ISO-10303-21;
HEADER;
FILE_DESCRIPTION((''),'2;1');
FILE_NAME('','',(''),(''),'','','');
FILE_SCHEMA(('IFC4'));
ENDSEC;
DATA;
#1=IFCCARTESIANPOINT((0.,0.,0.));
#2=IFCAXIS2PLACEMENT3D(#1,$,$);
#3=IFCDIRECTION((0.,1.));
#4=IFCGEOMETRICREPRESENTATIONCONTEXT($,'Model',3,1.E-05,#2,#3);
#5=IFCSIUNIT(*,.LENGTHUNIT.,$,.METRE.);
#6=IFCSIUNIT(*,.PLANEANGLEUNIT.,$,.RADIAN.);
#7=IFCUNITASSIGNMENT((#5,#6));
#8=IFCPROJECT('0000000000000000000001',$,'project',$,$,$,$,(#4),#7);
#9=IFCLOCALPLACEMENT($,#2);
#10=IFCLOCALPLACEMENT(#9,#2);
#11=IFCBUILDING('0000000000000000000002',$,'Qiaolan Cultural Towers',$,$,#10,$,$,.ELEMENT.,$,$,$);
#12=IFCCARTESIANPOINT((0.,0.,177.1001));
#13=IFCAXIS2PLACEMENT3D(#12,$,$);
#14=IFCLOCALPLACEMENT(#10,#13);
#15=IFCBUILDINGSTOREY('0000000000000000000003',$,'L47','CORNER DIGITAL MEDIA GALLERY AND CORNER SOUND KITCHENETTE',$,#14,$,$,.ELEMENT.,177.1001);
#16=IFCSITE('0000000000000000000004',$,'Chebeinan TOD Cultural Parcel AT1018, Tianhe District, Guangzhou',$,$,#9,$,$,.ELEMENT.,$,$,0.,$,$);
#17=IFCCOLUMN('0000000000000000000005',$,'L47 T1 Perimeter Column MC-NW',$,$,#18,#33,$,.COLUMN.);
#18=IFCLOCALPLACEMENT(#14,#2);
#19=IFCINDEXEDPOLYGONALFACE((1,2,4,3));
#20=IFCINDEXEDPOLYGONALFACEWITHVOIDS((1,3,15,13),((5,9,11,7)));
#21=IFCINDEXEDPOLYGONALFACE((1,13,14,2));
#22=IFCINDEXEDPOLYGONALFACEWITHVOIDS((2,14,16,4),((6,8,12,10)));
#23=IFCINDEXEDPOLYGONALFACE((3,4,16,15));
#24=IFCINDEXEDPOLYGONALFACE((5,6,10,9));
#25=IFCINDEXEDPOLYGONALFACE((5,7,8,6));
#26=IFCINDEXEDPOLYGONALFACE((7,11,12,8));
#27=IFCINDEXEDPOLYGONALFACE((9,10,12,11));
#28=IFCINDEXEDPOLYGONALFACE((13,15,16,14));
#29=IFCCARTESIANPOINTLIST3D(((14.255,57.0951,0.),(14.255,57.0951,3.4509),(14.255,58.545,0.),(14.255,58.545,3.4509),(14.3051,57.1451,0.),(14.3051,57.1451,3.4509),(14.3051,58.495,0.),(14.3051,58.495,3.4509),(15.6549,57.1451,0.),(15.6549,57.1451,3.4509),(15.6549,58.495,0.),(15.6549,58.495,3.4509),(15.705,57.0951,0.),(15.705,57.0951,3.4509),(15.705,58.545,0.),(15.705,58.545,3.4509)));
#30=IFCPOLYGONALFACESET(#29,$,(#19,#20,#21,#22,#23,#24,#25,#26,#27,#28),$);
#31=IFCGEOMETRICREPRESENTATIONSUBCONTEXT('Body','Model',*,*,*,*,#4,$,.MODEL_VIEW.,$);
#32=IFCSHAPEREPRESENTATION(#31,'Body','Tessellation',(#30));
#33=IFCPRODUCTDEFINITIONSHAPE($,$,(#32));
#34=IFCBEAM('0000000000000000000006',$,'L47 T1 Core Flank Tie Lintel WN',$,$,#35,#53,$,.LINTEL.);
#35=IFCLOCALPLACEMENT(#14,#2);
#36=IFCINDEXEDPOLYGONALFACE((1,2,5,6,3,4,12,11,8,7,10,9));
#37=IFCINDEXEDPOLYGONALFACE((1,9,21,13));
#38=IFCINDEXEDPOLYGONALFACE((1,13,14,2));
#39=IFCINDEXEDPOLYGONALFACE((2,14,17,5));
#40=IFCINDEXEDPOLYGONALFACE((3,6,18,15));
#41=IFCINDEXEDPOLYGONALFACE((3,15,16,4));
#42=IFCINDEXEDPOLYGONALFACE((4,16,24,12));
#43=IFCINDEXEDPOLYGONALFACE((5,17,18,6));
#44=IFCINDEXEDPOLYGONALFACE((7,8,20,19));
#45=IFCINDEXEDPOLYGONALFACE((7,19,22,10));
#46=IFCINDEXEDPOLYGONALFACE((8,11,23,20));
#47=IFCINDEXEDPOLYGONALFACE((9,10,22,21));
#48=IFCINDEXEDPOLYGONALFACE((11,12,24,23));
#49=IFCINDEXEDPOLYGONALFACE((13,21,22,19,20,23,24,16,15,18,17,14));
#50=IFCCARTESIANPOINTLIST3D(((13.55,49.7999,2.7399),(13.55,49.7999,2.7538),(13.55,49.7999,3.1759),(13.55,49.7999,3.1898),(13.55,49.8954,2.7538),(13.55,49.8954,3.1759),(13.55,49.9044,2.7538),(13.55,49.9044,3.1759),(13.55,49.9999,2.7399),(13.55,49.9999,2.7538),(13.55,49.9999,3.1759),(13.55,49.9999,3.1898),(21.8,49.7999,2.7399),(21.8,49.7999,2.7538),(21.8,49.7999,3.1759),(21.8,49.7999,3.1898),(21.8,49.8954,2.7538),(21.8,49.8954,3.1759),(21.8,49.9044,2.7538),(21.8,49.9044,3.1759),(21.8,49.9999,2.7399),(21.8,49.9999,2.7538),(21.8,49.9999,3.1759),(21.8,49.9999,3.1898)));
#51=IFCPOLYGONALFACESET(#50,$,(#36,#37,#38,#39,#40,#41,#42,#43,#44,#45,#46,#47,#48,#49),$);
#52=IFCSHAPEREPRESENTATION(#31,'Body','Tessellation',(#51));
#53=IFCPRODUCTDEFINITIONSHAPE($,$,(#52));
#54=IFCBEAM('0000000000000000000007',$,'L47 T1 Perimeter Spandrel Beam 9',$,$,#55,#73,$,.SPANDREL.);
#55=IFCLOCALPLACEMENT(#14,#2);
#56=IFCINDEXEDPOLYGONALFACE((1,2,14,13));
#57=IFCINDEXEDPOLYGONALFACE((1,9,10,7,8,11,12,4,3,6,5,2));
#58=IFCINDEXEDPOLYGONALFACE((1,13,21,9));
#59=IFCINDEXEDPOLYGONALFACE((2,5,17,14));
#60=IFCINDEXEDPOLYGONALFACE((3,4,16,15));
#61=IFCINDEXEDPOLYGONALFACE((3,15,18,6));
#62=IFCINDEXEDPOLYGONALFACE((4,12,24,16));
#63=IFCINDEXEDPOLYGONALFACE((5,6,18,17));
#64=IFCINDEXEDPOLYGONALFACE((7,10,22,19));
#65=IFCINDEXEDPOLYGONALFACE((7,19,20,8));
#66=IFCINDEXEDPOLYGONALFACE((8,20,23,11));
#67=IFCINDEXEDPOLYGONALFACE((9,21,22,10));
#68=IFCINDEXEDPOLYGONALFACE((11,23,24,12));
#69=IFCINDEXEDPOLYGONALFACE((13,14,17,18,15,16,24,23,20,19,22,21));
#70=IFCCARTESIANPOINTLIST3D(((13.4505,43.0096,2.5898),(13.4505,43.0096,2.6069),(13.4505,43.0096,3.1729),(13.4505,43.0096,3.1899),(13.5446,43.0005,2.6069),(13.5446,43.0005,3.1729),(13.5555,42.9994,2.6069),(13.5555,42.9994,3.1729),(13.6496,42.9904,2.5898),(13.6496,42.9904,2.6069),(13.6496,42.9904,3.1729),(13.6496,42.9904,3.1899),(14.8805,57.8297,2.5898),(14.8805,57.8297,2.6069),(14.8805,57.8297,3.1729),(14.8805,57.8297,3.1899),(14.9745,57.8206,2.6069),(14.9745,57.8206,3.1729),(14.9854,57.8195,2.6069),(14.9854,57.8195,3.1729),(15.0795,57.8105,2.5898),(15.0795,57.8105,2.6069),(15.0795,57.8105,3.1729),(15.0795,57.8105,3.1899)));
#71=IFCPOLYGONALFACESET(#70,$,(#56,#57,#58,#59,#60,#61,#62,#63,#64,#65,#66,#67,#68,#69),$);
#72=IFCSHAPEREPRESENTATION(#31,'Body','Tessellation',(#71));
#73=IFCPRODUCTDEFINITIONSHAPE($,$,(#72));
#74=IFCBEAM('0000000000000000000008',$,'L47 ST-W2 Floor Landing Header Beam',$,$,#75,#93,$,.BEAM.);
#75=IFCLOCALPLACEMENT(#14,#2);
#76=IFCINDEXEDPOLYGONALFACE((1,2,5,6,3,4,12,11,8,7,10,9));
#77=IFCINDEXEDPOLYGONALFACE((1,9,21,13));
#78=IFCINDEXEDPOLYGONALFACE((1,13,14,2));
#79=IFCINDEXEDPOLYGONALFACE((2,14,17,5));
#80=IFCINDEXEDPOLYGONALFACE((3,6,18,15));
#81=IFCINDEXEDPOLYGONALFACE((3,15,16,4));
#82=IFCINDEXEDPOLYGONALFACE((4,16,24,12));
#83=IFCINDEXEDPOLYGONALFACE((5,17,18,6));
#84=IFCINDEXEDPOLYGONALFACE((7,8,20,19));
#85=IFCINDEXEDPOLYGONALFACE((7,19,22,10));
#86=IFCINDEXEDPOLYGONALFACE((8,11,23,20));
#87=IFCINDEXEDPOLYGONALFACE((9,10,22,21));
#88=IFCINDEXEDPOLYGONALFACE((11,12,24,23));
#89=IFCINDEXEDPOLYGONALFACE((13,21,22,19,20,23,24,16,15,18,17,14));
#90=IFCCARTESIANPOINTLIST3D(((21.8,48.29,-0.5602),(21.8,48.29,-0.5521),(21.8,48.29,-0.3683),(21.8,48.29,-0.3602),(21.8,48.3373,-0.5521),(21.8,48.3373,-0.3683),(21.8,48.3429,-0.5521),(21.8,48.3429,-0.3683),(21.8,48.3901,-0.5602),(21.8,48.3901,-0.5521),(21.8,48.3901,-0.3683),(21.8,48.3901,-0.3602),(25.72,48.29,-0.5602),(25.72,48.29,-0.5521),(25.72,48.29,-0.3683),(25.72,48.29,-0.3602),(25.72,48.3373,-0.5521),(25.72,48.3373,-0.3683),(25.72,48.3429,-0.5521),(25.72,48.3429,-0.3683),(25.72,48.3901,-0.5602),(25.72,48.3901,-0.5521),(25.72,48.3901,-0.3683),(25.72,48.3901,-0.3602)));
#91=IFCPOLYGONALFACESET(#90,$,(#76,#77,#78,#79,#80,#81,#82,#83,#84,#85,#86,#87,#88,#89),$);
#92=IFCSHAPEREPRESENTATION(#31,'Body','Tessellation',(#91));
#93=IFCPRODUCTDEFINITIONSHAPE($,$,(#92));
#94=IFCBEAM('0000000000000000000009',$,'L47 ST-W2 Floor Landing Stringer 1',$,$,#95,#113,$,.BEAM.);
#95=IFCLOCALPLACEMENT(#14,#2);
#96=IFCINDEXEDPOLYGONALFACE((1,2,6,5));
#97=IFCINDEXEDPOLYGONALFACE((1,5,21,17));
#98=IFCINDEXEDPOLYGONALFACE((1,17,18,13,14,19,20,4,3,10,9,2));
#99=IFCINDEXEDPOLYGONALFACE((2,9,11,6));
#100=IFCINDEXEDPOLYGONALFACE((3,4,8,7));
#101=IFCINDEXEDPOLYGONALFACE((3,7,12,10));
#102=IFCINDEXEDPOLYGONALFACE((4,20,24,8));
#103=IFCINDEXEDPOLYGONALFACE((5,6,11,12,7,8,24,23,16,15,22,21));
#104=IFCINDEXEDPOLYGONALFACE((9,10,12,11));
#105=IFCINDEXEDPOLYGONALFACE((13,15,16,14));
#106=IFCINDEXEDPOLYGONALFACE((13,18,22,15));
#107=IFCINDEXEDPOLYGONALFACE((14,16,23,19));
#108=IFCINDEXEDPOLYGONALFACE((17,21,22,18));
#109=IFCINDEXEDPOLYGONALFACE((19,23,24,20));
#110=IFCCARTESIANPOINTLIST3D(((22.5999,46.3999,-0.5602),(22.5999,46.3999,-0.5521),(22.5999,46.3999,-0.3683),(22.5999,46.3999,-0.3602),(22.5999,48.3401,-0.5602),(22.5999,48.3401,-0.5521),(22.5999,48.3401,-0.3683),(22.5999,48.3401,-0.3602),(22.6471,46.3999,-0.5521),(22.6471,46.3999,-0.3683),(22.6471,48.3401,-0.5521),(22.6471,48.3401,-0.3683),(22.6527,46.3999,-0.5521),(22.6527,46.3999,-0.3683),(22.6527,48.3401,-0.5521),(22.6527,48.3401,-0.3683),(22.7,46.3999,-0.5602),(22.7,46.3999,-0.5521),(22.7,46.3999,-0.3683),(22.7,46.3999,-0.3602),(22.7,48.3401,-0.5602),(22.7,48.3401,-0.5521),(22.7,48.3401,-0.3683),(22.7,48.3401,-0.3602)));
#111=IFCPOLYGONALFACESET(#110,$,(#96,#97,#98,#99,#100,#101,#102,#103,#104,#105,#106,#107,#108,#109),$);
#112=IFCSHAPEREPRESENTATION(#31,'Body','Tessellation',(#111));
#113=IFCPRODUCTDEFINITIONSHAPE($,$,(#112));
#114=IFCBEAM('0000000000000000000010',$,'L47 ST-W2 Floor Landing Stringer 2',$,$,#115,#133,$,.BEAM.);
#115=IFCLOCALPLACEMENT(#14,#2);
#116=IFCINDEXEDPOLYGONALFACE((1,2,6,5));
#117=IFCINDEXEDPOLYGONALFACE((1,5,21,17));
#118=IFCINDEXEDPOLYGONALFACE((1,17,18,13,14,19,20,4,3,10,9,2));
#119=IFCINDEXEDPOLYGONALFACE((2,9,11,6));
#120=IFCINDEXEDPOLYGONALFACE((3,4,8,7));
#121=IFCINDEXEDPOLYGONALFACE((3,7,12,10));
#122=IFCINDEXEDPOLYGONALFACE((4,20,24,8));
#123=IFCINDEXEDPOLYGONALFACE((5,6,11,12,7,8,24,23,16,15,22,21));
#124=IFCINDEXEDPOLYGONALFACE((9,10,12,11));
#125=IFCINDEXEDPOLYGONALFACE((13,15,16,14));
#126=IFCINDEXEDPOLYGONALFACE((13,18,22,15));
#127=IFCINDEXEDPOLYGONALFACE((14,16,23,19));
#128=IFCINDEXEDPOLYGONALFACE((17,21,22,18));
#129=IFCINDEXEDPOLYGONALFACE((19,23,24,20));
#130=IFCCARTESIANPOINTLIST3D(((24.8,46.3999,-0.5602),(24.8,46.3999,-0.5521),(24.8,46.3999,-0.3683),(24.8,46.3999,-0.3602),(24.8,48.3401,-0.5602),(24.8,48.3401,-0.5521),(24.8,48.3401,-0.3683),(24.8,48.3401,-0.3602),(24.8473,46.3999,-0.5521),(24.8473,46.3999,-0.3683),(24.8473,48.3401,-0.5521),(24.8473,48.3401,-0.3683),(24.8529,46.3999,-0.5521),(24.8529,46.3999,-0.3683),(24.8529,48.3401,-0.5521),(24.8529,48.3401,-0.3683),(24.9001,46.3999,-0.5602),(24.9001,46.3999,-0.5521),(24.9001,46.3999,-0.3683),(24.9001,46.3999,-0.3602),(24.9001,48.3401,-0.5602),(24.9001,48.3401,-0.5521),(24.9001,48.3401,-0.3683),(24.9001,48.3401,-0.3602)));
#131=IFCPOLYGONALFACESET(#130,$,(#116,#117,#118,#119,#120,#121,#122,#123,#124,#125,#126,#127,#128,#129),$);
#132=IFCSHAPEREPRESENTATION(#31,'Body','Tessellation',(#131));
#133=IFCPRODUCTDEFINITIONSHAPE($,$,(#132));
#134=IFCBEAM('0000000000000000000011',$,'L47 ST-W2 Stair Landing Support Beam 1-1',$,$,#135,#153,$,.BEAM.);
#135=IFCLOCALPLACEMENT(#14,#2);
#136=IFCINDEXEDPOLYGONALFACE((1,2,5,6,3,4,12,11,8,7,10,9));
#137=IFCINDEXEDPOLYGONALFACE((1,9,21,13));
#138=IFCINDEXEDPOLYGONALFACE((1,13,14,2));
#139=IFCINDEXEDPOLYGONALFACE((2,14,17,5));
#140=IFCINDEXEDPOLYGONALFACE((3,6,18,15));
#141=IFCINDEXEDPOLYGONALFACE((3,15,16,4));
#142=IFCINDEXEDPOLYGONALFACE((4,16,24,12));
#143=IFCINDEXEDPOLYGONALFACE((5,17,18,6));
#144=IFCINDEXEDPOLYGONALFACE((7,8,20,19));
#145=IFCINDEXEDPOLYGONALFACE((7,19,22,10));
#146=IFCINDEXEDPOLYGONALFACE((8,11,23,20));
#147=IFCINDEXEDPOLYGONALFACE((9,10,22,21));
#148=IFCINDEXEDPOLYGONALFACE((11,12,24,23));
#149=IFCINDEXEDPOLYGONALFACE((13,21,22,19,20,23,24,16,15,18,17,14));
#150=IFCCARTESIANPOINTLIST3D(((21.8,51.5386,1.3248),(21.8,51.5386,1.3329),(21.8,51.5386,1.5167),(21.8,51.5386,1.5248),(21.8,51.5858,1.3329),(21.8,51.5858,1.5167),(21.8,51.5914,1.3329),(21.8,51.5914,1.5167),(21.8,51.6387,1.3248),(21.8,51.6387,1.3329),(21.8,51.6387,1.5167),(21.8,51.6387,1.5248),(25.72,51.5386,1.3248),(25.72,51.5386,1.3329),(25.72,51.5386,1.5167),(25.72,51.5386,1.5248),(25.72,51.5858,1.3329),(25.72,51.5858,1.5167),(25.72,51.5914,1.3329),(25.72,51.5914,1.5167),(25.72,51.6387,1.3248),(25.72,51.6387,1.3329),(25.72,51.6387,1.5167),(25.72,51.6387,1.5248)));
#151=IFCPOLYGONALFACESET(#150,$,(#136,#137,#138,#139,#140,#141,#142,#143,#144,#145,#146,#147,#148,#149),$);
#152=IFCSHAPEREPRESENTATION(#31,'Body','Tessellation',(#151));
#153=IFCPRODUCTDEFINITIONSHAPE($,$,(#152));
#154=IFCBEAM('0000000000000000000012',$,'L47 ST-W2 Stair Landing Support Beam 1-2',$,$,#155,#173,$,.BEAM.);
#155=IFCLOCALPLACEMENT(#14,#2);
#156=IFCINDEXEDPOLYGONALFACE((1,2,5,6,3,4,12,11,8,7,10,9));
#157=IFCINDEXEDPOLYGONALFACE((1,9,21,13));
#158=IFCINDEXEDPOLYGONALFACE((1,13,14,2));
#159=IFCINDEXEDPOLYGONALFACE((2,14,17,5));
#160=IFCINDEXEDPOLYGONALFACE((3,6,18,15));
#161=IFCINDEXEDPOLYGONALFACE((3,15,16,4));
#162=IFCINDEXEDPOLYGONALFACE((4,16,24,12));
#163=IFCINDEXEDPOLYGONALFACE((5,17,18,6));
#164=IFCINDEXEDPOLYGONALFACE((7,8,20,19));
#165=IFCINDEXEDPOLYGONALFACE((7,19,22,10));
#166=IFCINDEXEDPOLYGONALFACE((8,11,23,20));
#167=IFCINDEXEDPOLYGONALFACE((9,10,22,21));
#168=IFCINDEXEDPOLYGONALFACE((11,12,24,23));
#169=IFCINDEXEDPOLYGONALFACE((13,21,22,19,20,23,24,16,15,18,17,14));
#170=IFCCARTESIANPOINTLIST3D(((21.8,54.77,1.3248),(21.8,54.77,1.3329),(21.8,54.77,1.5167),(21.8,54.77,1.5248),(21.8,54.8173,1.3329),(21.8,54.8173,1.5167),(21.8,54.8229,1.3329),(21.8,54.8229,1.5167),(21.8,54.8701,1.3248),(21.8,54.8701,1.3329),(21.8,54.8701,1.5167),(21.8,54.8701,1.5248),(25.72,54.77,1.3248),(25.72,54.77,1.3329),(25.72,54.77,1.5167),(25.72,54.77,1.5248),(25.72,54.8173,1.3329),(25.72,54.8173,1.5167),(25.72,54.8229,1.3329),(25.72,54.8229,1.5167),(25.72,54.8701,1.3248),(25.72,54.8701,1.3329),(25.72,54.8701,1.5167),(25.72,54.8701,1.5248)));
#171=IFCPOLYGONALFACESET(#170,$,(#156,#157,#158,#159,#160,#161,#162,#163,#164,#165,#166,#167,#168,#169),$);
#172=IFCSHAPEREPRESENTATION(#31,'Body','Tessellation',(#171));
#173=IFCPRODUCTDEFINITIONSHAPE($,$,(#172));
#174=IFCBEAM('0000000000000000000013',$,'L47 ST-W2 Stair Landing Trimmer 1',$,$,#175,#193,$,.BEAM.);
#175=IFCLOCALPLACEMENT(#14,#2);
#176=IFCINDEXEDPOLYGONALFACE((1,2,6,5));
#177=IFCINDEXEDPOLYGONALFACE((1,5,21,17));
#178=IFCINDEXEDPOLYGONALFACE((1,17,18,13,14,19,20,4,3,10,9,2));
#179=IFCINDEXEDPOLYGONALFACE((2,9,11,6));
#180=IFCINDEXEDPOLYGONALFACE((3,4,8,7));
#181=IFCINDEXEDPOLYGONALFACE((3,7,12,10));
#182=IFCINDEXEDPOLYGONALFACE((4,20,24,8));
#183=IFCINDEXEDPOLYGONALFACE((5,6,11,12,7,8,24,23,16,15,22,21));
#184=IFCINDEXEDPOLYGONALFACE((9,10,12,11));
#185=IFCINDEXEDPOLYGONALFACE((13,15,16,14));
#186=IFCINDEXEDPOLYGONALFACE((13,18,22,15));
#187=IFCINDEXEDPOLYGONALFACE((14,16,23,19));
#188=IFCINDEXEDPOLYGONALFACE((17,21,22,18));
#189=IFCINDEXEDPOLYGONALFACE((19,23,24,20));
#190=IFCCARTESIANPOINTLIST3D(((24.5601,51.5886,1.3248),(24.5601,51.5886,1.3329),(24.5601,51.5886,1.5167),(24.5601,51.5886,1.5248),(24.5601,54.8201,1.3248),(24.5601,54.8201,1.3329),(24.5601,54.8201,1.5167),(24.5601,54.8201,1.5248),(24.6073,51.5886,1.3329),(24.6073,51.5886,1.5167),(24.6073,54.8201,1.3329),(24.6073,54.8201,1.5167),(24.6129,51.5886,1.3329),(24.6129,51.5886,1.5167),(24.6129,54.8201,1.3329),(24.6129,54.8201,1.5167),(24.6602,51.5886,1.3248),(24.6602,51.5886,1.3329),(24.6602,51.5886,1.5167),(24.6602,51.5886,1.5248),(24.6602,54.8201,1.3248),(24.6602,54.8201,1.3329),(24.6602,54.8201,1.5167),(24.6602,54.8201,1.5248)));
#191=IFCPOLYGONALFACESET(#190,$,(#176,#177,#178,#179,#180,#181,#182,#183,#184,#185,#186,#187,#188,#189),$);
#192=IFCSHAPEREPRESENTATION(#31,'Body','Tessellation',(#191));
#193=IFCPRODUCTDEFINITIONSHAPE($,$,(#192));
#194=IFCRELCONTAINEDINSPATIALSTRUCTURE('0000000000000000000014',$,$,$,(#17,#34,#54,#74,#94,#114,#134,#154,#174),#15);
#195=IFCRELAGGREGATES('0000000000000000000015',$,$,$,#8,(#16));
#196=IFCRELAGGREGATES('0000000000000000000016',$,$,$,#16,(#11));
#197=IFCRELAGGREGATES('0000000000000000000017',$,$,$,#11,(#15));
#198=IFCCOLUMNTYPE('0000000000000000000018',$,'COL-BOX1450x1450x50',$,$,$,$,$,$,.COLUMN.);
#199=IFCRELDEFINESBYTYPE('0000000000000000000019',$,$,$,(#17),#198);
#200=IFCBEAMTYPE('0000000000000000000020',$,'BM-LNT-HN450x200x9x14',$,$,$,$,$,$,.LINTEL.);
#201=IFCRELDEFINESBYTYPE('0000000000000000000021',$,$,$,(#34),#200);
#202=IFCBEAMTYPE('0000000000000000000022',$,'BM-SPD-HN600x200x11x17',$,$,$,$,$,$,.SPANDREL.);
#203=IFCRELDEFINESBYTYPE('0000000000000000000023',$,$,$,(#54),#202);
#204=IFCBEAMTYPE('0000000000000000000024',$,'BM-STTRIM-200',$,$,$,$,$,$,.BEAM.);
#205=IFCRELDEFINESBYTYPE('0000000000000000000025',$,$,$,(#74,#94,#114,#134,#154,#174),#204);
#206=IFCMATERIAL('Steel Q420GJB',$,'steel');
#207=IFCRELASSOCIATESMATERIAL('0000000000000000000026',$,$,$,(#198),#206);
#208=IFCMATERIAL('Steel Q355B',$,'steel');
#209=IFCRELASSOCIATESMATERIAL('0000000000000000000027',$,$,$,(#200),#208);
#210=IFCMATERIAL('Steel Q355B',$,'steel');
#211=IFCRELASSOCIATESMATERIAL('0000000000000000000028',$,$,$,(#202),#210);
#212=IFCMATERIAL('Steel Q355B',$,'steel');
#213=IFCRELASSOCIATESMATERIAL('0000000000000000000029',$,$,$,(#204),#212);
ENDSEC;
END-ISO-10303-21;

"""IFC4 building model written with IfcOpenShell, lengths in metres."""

from ifc_helpers import new_model, si_unit, direction, frame, origin, origin_2d, place, context, subcontext, project, spatial, hollow_rectangle, i_section, extrude, material, material_profile, profile_set, type_object, element, save


model = new_model("IFC4")

# Units and contexts
model_context = context("Model", 3, precision=1e-05, world=origin(), true_north=direction((0.0, 1.0)))
body_context = subcontext(model_context, "Body", "Model", "MODEL_VIEW")
ifc_project = project(units=[si_unit("LENGTHUNIT", "METRE"), si_unit("PLANEANGLEUNIT", "RADIAN")], contexts=[model_context])

# Site, building, storey
site_placement = place(None, origin())
site = spatial("IfcSite", under=ifc_project, at=site_placement, Name="Chebeinan TOD Cultural Parcel AT1018, Tianhe District, Guangzhou", CompositionType="ELEMENT", RefElevation=0.0)
building_placement = place(site_placement, origin())
building = spatial("IfcBuilding", under=site, at=building_placement, Name="Qiaolan Cultural Towers", CompositionType="ELEMENT")
storey_placement = place(building_placement, frame((0.0, 0.0, 177.1001)))
storey = spatial("IfcBuildingStorey", under=building, at=storey_placement, Name="L47", Description="CORNER DIGITAL MEDIA GALLERY AND CORNER SOUND KITCHENETTE", CompositionType="ELEMENT", Elevation=177.1001)

# Column
ifc_material_1 = material(Name="Steel Q420GJB", Category="steel")
ifc_material_profile_1 = material_profile(ifc_material_1, hollow_rectangle(XDim=1.45, YDim=1.45, WallThickness=0.05, at=origin_2d()), Name="BOX1450x1450x50")
ifc_profile_set_1 = profile_set([ifc_material_profile_1], Name="Steel Q420GJB")
column_type = type_object("IfcColumnType", Name="COL-BOX1450x1450x50", PredefinedType="COLUMN", material=ifc_profile_set_1)
column_placement = place(storey_placement, frame((14.98, 57.8201, 0.0), z_axis=(0.0, 0.0, 1.0), x_axis=(1.0, 0.0, 0.0)))
element("IfcColumn", 1, at=column_placement, inside=storey, type_object=column_type, Name="L47 T1 Perimeter Column MC-NW", PredefinedType="COLUMN", context=body_context, shape_type="SweptSolid", body=[
    extrude(hollow_rectangle(XDim=1.45, YDim=1.45, WallThickness=0.05, at=origin_2d()), origin(), (0.0, 0.0, 1.0), 3.4509),
])

# Beams
ifc_material_2 = material(Name="Steel Q355B", Category="steel")
ifc_material_profile_2 = material_profile(ifc_material_2, i_section(OverallWidth=0.2, OverallDepth=0.45, WebThickness=0.009, FlangeThickness=0.0139, at=origin_2d()), Name="HN450x200x9x14")
ifc_profile_set_2 = profile_set([ifc_material_profile_2], Name="Steel Q355B")
beam_type_1 = type_object("IfcBeamType", Name="BM-LNT-HN450x200x9x14", PredefinedType="LINTEL", material=ifc_profile_set_2)
beam_1_placement = place(storey_placement, frame((21.8, 49.8999, 2.9648), z_axis=(-1.0, 0.0, 0.0), x_axis=(0.0, -1.0, 0.0)))
element("IfcBeam", 2, at=beam_1_placement, inside=storey, type_object=beam_type_1, Name="L47 T1 Core Flank Tie Lintel WN", PredefinedType="LINTEL", context=body_context, shape_type="SweptSolid", body=[
    extrude(i_section(OverallWidth=0.2, OverallDepth=0.45, WebThickness=0.009, FlangeThickness=0.0139, at=origin_2d()), origin(), (0.0, 0.0, 1.0), 8.25),
])
ifc_material_3 = material(Name="Steel Q355B", Category="steel")
ifc_material_profile_3 = material_profile(ifc_material_3, i_section(OverallWidth=0.2, OverallDepth=0.6001, WebThickness=0.011, FlangeThickness=0.0171, at=origin_2d()), Name="HN600x200x11x17")
ifc_profile_set_3 = profile_set([ifc_material_profile_3], Name="Steel Q355B")
beam_type_2 = type_object("IfcBeamType", Name="BM-SPD-HN600x200x11x17", PredefinedType="SPANDREL", material=ifc_profile_set_3)
beam_2_placement = place(storey_placement, frame((14.98, 57.8201, 2.8899), z_axis=(-0.09604, -0.995377, 0.0), x_axis=(0.995377, -0.09604, 0.0)))
element("IfcBeam", 3, at=beam_2_placement, inside=storey, type_object=beam_type_2, Name="L47 T1 Perimeter Spandrel Beam 9", PredefinedType="SPANDREL", context=body_context, shape_type="SweptSolid", body=[
    extrude(i_section(OverallWidth=0.2, OverallDepth=0.6001, WebThickness=0.011, FlangeThickness=0.0171, at=origin_2d()), origin(), (0.0, 0.0, 1.0), 14.8889),
])
ifc_material_4 = material(Name="Steel Q355B", Category="steel")
ifc_material_profile_4 = material_profile(ifc_material_4, i_section(OverallWidth=0.1001, OverallDepth=0.2, WebThickness=0.0056, FlangeThickness=0.0081, at=origin_2d()), Name="HN200x100x5.5x8")
ifc_profile_set_4 = profile_set([ifc_material_profile_4], Name="Steel Q355B")
beam_type_3 = type_object("IfcBeamType", Name="BM-STTRIM-200", PredefinedType="BEAM", material=ifc_profile_set_4)
beam_3_placement = place(storey_placement, frame((21.8, 48.3401, -0.4602), z_axis=(1.0, 0.0, 0.0), x_axis=(0.0, 1.0, 0.0)))
element("IfcBeam", 4, at=beam_3_placement, inside=storey, type_object=beam_type_3, Name="L47 ST-W2 Floor Landing Header Beam", PredefinedType="BEAM", context=body_context, shape_type="SweptSolid", body=[
    extrude(i_section(OverallWidth=0.1001, OverallDepth=0.2, WebThickness=0.0056, FlangeThickness=0.0081, at=origin_2d()), origin(), (0.0, 0.0, 1.0), 3.9199),
])
for number, where, z_axis, x_axis, name in (
    (5, (22.6499, 46.3999, -0.4602), (0.0, 1.0, 0.0), (-1.0, 0.0, 0.0), "L47 ST-W2 Floor Landing Stringer 1"),
    (6, (24.8501, 46.3999, -0.4602), (0.0, 1.0, 0.0), (-1.0, 0.0, 0.0), "L47 ST-W2 Floor Landing Stringer 2"),
):
    element("IfcBeam", number, at=place(storey_placement, frame(where, z_axis=z_axis, x_axis=x_axis)), inside=storey, type_object=beam_type_3, Name=name, PredefinedType="BEAM", context=body_context, shape_type="SweptSolid", body=[
        extrude(i_section(OverallWidth=0.1001, OverallDepth=0.2, WebThickness=0.0056, FlangeThickness=0.0081, at=origin_2d()), origin(), (0.0, 0.0, 1.0), 1.9402),
    ])
for number, where, z_axis, x_axis, name in (
    (7, (21.8, 51.5886, 1.4248), (1.0, 0.0, 0.0), (0.0, 1.0, 0.0), "L47 ST-W2 Stair Landing Support Beam 1-1"),
    (8, (21.8, 54.8201, 1.4248), (1.0, 0.0, 0.0), (0.0, 1.0, 0.0), "L47 ST-W2 Stair Landing Support Beam 1-2"),
):
    element("IfcBeam", number, at=place(storey_placement, frame(where, z_axis=z_axis, x_axis=x_axis)), inside=storey, type_object=beam_type_3, Name=name, PredefinedType="BEAM", context=body_context, shape_type="SweptSolid", body=[
        extrude(i_section(OverallWidth=0.1001, OverallDepth=0.2, WebThickness=0.0056, FlangeThickness=0.0081, at=origin_2d()), origin(), (0.0, 0.0, 1.0), 3.9199),
    ])
beam_4_placement = place(storey_placement, frame((24.6101, 51.5886, 1.4248), z_axis=(0.0, 1.0, 0.0), x_axis=(-1.0, 0.0, 0.0)))
element("IfcBeam", 9, at=beam_4_placement, inside=storey, type_object=beam_type_3, Name="L47 ST-W2 Stair Landing Trimmer 1", PredefinedType="BEAM", context=body_context, shape_type="SweptSolid", body=[
    extrude(i_section(OverallWidth=0.1001, OverallDepth=0.2, WebThickness=0.0056, FlangeThickness=0.0081, at=origin_2d()), origin(), (0.0, 0.0, 1.0), 3.2314),
])

save(model, "model.ifc")
